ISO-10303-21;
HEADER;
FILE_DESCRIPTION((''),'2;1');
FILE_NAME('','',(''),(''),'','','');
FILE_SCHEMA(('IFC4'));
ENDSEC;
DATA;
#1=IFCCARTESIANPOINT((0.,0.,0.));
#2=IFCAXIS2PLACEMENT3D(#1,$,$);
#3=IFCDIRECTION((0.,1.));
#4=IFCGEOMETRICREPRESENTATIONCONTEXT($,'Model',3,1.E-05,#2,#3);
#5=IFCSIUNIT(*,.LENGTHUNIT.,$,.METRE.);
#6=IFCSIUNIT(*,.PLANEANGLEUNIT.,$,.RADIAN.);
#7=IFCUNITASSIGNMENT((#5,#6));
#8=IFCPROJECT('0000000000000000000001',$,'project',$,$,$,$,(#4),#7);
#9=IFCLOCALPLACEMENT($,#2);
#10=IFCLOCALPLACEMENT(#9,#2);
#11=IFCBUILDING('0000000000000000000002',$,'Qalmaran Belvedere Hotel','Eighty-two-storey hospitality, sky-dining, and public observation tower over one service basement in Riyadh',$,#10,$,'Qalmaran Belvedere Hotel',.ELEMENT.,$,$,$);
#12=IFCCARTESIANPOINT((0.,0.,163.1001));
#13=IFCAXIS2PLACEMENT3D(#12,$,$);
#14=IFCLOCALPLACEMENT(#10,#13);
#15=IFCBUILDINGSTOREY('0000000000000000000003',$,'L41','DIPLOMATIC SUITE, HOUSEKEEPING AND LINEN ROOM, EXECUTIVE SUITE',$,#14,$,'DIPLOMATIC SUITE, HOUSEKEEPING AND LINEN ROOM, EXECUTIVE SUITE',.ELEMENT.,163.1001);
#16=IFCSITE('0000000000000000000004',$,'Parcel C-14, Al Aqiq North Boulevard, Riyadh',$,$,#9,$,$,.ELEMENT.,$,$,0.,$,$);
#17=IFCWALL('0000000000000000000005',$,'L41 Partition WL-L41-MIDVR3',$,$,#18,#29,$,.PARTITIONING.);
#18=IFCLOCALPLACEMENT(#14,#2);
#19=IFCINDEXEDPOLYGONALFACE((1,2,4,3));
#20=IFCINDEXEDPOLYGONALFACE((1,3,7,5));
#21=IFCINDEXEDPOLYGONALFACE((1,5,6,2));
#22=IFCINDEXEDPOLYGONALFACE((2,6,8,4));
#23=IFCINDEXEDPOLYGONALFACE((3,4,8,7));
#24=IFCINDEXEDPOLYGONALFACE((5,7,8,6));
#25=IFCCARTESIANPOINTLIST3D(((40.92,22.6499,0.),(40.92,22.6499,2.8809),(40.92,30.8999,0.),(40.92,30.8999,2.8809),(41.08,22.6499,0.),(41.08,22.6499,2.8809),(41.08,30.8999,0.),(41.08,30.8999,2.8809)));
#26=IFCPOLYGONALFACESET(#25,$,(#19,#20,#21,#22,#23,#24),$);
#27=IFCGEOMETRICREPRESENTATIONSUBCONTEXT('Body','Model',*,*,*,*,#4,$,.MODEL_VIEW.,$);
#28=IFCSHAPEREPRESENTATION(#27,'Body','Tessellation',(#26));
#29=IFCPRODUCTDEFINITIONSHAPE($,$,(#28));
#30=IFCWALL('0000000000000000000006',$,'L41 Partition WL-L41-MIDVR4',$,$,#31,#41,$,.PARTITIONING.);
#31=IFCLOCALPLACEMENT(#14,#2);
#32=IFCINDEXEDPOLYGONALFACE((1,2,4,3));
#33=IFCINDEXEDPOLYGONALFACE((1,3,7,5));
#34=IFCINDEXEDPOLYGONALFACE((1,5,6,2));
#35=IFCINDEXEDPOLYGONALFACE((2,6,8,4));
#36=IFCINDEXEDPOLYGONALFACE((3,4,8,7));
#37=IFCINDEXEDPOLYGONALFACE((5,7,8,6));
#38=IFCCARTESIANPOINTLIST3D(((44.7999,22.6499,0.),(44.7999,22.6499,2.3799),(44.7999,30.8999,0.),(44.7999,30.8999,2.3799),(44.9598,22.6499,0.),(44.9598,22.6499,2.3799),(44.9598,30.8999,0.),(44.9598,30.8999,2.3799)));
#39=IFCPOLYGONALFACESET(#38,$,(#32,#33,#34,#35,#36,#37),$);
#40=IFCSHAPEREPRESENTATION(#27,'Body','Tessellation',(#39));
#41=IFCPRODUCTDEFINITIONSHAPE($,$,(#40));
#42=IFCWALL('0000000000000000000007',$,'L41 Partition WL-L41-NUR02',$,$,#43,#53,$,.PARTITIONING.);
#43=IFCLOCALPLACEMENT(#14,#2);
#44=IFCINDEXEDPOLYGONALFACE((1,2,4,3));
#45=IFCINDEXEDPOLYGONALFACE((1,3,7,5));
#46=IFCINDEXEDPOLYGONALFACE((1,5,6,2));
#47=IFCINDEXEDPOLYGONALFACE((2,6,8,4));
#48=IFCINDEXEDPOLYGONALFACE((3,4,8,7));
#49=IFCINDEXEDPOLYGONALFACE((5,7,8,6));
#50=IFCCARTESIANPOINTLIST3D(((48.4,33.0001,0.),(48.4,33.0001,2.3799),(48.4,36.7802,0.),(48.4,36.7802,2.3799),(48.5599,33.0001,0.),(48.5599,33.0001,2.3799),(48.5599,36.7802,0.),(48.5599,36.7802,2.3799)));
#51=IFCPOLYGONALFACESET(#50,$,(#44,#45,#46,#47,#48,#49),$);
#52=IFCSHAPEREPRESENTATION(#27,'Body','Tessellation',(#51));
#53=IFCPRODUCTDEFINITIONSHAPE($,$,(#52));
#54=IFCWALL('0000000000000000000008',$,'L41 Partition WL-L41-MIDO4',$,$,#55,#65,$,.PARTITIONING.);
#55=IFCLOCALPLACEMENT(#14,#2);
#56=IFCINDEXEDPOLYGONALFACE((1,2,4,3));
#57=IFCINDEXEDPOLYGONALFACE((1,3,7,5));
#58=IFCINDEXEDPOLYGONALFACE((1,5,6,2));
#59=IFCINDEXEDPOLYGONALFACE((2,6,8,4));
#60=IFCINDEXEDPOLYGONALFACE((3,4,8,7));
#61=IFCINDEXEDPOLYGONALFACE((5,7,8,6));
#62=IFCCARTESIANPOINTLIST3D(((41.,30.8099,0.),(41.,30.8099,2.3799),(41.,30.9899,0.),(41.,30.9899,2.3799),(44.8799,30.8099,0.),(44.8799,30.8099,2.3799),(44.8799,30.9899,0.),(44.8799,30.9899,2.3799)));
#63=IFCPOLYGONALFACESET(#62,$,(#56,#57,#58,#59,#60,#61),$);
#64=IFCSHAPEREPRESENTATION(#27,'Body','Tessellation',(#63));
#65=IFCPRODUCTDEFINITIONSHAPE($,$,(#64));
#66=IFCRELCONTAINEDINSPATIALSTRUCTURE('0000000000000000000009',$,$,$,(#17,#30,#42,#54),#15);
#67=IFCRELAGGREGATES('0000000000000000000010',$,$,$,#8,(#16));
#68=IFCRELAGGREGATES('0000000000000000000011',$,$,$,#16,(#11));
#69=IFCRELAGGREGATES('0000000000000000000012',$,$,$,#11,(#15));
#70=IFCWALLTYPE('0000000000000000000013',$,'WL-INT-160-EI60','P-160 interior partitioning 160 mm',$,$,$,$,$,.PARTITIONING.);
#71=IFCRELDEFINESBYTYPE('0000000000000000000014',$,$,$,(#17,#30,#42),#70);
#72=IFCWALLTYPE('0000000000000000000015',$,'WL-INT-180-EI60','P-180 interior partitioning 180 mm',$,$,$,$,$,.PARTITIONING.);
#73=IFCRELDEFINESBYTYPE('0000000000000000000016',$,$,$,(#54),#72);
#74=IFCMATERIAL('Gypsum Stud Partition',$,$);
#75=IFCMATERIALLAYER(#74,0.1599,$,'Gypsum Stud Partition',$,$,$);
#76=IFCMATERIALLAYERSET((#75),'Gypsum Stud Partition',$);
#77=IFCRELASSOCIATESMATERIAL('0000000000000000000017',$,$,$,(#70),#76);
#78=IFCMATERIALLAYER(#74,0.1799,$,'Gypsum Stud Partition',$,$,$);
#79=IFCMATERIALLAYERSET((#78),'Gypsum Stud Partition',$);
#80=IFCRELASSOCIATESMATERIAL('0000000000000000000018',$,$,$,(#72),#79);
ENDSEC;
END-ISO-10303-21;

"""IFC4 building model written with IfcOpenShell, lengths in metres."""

from ifc_helpers import new_model, si_unit, direction, frame, frame_2d, origin, place, context, subcontext, project, spatial, rectangle, extrude, material, layer, layer_set, type_object, element, save


model = new_model("IFC4")

# Units and contexts
model_context = context("Model", 3, precision=1e-05, world=origin(), true_north=direction((0.0, 1.0)))
body_context = subcontext(model_context, "Body", "Model", "MODEL_VIEW")
ifc_project = project(units=[si_unit("LENGTHUNIT", "METRE"), si_unit("PLANEANGLEUNIT", "RADIAN")], contexts=[model_context])

# Site, building, storey
site_placement = place(None, origin())
site = spatial("IfcSite", under=ifc_project, at=site_placement, Name="Parcel C-14, Al Aqiq North Boulevard, Riyadh", CompositionType="ELEMENT", RefElevation=0.0)
building_placement = place(site_placement, origin())
building = spatial("IfcBuilding", under=site, at=building_placement, Name="Qalmaran Belvedere Hotel", Description="Eighty-two-storey hospitality, sky-dining, and public observation tower over one service basement in Riyadh", LongName="Qalmaran Belvedere Hotel", CompositionType="ELEMENT")
storey_placement = place(building_placement, frame((0.0, 0.0, 163.1001)))
storey = spatial("IfcBuildingStorey", under=building, at=storey_placement, Name="L41", Description="DIPLOMATIC SUITE, HOUSEKEEPING AND LINEN ROOM, EXECUTIVE SUITE", LongName="DIPLOMATIC SUITE, HOUSEKEEPING AND LINEN ROOM, EXECUTIVE SUITE", CompositionType="ELEMENT", Elevation=163.1001)

# Shared definitions
ifc_material_1 = material(Name="Gypsum Stud Partition")
ifc_layer_1 = layer(ifc_material_1, 0.1599, Name="Gypsum Stud Partition")
ifc_layer_set_1 = layer_set([ifc_layer_1], Name="Gypsum Stud Partition")
wall_type_1 = type_object("IfcWallType", Name="WL-INT-160-EI60", Description="P-160 interior partitioning 160 mm", PredefinedType="PARTITIONING", material=ifc_layer_set_1)

# Walls
wall_1_placement = place(storey_placement, frame((41.0, 22.6499, 0.0), z_axis=(0.0, 0.0, 1.0), x_axis=(0.0, 1.0, 0.0)))
element("IfcWall", 1, at=wall_1_placement, inside=storey, type_object=wall_type_1, Name="L41 Partition WL-L41-MIDVR3", PredefinedType="PARTITIONING", context=body_context, shape_type="SweptSolid", body=[
    extrude(rectangle(XDim=8.25, YDim=0.1599, at=frame_2d((4.125, 0.0))), origin(), (0.0, 0.0, 1.0), 2.8809),
])
wall_2_placement = place(storey_placement, frame((44.8799, 22.6499, 0.0), z_axis=(0.0, 0.0, 1.0), x_axis=(0.0, 1.0, 0.0)))
element("IfcWall", 2, at=wall_2_placement, inside=storey, type_object=wall_type_1, Name="L41 Partition WL-L41-MIDVR4", PredefinedType="PARTITIONING", context=body_context, shape_type="SweptSolid", body=[
    extrude(rectangle(XDim=8.25, YDim=0.1599, at=frame_2d((4.125, 0.0))), origin(), (0.0, 0.0, 1.0), 2.3799),
])
wall_3_placement = place(storey_placement, frame((48.48, 33.0, 0.0), z_axis=(0.0, 0.0, 1.0), x_axis=(0.0, 1.0, 0.0)))
element("IfcWall", 3, at=wall_3_placement, inside=storey, type_object=wall_type_1, Name="L41 Partition WL-L41-NUR02", PredefinedType="PARTITIONING", context=body_context, shape_type="SweptSolid", body=[
    extrude(rectangle(XDim=3.78, YDim=0.1599, at=frame_2d((1.8901, 0.0))), origin(), (0.0, 0.0, 1.0), 2.3799),
])

# Shared definitions
ifc_layer_2 = layer(ifc_material_1, 0.1799, Name="Gypsum Stud Partition")
ifc_layer_set_2 = layer_set([ifc_layer_2], Name="Gypsum Stud Partition")
wall_type_2 = type_object("IfcWallType", Name="WL-INT-180-EI60", Description="P-180 interior partitioning 180 mm", PredefinedType="PARTITIONING", material=ifc_layer_set_2)

# Wall
wall_4_placement = place(storey_placement, frame((41.0, 30.8999, 0.0), z_axis=(0.0, 0.0, 1.0), x_axis=(1.0, 0.0, 0.0)))
element("IfcWall", 4, at=wall_4_placement, inside=storey, type_object=wall_type_2, Name="L41 Partition WL-L41-MIDO4", PredefinedType="PARTITIONING", context=body_context, shape_type="SweptSolid", body=[
    extrude(rectangle(XDim=3.8799, YDim=0.1799, at=frame_2d((1.9399, 0.0))), origin(), (0.0, 0.0, 1.0), 2.3799),
])

save(model, "model.ifc")
